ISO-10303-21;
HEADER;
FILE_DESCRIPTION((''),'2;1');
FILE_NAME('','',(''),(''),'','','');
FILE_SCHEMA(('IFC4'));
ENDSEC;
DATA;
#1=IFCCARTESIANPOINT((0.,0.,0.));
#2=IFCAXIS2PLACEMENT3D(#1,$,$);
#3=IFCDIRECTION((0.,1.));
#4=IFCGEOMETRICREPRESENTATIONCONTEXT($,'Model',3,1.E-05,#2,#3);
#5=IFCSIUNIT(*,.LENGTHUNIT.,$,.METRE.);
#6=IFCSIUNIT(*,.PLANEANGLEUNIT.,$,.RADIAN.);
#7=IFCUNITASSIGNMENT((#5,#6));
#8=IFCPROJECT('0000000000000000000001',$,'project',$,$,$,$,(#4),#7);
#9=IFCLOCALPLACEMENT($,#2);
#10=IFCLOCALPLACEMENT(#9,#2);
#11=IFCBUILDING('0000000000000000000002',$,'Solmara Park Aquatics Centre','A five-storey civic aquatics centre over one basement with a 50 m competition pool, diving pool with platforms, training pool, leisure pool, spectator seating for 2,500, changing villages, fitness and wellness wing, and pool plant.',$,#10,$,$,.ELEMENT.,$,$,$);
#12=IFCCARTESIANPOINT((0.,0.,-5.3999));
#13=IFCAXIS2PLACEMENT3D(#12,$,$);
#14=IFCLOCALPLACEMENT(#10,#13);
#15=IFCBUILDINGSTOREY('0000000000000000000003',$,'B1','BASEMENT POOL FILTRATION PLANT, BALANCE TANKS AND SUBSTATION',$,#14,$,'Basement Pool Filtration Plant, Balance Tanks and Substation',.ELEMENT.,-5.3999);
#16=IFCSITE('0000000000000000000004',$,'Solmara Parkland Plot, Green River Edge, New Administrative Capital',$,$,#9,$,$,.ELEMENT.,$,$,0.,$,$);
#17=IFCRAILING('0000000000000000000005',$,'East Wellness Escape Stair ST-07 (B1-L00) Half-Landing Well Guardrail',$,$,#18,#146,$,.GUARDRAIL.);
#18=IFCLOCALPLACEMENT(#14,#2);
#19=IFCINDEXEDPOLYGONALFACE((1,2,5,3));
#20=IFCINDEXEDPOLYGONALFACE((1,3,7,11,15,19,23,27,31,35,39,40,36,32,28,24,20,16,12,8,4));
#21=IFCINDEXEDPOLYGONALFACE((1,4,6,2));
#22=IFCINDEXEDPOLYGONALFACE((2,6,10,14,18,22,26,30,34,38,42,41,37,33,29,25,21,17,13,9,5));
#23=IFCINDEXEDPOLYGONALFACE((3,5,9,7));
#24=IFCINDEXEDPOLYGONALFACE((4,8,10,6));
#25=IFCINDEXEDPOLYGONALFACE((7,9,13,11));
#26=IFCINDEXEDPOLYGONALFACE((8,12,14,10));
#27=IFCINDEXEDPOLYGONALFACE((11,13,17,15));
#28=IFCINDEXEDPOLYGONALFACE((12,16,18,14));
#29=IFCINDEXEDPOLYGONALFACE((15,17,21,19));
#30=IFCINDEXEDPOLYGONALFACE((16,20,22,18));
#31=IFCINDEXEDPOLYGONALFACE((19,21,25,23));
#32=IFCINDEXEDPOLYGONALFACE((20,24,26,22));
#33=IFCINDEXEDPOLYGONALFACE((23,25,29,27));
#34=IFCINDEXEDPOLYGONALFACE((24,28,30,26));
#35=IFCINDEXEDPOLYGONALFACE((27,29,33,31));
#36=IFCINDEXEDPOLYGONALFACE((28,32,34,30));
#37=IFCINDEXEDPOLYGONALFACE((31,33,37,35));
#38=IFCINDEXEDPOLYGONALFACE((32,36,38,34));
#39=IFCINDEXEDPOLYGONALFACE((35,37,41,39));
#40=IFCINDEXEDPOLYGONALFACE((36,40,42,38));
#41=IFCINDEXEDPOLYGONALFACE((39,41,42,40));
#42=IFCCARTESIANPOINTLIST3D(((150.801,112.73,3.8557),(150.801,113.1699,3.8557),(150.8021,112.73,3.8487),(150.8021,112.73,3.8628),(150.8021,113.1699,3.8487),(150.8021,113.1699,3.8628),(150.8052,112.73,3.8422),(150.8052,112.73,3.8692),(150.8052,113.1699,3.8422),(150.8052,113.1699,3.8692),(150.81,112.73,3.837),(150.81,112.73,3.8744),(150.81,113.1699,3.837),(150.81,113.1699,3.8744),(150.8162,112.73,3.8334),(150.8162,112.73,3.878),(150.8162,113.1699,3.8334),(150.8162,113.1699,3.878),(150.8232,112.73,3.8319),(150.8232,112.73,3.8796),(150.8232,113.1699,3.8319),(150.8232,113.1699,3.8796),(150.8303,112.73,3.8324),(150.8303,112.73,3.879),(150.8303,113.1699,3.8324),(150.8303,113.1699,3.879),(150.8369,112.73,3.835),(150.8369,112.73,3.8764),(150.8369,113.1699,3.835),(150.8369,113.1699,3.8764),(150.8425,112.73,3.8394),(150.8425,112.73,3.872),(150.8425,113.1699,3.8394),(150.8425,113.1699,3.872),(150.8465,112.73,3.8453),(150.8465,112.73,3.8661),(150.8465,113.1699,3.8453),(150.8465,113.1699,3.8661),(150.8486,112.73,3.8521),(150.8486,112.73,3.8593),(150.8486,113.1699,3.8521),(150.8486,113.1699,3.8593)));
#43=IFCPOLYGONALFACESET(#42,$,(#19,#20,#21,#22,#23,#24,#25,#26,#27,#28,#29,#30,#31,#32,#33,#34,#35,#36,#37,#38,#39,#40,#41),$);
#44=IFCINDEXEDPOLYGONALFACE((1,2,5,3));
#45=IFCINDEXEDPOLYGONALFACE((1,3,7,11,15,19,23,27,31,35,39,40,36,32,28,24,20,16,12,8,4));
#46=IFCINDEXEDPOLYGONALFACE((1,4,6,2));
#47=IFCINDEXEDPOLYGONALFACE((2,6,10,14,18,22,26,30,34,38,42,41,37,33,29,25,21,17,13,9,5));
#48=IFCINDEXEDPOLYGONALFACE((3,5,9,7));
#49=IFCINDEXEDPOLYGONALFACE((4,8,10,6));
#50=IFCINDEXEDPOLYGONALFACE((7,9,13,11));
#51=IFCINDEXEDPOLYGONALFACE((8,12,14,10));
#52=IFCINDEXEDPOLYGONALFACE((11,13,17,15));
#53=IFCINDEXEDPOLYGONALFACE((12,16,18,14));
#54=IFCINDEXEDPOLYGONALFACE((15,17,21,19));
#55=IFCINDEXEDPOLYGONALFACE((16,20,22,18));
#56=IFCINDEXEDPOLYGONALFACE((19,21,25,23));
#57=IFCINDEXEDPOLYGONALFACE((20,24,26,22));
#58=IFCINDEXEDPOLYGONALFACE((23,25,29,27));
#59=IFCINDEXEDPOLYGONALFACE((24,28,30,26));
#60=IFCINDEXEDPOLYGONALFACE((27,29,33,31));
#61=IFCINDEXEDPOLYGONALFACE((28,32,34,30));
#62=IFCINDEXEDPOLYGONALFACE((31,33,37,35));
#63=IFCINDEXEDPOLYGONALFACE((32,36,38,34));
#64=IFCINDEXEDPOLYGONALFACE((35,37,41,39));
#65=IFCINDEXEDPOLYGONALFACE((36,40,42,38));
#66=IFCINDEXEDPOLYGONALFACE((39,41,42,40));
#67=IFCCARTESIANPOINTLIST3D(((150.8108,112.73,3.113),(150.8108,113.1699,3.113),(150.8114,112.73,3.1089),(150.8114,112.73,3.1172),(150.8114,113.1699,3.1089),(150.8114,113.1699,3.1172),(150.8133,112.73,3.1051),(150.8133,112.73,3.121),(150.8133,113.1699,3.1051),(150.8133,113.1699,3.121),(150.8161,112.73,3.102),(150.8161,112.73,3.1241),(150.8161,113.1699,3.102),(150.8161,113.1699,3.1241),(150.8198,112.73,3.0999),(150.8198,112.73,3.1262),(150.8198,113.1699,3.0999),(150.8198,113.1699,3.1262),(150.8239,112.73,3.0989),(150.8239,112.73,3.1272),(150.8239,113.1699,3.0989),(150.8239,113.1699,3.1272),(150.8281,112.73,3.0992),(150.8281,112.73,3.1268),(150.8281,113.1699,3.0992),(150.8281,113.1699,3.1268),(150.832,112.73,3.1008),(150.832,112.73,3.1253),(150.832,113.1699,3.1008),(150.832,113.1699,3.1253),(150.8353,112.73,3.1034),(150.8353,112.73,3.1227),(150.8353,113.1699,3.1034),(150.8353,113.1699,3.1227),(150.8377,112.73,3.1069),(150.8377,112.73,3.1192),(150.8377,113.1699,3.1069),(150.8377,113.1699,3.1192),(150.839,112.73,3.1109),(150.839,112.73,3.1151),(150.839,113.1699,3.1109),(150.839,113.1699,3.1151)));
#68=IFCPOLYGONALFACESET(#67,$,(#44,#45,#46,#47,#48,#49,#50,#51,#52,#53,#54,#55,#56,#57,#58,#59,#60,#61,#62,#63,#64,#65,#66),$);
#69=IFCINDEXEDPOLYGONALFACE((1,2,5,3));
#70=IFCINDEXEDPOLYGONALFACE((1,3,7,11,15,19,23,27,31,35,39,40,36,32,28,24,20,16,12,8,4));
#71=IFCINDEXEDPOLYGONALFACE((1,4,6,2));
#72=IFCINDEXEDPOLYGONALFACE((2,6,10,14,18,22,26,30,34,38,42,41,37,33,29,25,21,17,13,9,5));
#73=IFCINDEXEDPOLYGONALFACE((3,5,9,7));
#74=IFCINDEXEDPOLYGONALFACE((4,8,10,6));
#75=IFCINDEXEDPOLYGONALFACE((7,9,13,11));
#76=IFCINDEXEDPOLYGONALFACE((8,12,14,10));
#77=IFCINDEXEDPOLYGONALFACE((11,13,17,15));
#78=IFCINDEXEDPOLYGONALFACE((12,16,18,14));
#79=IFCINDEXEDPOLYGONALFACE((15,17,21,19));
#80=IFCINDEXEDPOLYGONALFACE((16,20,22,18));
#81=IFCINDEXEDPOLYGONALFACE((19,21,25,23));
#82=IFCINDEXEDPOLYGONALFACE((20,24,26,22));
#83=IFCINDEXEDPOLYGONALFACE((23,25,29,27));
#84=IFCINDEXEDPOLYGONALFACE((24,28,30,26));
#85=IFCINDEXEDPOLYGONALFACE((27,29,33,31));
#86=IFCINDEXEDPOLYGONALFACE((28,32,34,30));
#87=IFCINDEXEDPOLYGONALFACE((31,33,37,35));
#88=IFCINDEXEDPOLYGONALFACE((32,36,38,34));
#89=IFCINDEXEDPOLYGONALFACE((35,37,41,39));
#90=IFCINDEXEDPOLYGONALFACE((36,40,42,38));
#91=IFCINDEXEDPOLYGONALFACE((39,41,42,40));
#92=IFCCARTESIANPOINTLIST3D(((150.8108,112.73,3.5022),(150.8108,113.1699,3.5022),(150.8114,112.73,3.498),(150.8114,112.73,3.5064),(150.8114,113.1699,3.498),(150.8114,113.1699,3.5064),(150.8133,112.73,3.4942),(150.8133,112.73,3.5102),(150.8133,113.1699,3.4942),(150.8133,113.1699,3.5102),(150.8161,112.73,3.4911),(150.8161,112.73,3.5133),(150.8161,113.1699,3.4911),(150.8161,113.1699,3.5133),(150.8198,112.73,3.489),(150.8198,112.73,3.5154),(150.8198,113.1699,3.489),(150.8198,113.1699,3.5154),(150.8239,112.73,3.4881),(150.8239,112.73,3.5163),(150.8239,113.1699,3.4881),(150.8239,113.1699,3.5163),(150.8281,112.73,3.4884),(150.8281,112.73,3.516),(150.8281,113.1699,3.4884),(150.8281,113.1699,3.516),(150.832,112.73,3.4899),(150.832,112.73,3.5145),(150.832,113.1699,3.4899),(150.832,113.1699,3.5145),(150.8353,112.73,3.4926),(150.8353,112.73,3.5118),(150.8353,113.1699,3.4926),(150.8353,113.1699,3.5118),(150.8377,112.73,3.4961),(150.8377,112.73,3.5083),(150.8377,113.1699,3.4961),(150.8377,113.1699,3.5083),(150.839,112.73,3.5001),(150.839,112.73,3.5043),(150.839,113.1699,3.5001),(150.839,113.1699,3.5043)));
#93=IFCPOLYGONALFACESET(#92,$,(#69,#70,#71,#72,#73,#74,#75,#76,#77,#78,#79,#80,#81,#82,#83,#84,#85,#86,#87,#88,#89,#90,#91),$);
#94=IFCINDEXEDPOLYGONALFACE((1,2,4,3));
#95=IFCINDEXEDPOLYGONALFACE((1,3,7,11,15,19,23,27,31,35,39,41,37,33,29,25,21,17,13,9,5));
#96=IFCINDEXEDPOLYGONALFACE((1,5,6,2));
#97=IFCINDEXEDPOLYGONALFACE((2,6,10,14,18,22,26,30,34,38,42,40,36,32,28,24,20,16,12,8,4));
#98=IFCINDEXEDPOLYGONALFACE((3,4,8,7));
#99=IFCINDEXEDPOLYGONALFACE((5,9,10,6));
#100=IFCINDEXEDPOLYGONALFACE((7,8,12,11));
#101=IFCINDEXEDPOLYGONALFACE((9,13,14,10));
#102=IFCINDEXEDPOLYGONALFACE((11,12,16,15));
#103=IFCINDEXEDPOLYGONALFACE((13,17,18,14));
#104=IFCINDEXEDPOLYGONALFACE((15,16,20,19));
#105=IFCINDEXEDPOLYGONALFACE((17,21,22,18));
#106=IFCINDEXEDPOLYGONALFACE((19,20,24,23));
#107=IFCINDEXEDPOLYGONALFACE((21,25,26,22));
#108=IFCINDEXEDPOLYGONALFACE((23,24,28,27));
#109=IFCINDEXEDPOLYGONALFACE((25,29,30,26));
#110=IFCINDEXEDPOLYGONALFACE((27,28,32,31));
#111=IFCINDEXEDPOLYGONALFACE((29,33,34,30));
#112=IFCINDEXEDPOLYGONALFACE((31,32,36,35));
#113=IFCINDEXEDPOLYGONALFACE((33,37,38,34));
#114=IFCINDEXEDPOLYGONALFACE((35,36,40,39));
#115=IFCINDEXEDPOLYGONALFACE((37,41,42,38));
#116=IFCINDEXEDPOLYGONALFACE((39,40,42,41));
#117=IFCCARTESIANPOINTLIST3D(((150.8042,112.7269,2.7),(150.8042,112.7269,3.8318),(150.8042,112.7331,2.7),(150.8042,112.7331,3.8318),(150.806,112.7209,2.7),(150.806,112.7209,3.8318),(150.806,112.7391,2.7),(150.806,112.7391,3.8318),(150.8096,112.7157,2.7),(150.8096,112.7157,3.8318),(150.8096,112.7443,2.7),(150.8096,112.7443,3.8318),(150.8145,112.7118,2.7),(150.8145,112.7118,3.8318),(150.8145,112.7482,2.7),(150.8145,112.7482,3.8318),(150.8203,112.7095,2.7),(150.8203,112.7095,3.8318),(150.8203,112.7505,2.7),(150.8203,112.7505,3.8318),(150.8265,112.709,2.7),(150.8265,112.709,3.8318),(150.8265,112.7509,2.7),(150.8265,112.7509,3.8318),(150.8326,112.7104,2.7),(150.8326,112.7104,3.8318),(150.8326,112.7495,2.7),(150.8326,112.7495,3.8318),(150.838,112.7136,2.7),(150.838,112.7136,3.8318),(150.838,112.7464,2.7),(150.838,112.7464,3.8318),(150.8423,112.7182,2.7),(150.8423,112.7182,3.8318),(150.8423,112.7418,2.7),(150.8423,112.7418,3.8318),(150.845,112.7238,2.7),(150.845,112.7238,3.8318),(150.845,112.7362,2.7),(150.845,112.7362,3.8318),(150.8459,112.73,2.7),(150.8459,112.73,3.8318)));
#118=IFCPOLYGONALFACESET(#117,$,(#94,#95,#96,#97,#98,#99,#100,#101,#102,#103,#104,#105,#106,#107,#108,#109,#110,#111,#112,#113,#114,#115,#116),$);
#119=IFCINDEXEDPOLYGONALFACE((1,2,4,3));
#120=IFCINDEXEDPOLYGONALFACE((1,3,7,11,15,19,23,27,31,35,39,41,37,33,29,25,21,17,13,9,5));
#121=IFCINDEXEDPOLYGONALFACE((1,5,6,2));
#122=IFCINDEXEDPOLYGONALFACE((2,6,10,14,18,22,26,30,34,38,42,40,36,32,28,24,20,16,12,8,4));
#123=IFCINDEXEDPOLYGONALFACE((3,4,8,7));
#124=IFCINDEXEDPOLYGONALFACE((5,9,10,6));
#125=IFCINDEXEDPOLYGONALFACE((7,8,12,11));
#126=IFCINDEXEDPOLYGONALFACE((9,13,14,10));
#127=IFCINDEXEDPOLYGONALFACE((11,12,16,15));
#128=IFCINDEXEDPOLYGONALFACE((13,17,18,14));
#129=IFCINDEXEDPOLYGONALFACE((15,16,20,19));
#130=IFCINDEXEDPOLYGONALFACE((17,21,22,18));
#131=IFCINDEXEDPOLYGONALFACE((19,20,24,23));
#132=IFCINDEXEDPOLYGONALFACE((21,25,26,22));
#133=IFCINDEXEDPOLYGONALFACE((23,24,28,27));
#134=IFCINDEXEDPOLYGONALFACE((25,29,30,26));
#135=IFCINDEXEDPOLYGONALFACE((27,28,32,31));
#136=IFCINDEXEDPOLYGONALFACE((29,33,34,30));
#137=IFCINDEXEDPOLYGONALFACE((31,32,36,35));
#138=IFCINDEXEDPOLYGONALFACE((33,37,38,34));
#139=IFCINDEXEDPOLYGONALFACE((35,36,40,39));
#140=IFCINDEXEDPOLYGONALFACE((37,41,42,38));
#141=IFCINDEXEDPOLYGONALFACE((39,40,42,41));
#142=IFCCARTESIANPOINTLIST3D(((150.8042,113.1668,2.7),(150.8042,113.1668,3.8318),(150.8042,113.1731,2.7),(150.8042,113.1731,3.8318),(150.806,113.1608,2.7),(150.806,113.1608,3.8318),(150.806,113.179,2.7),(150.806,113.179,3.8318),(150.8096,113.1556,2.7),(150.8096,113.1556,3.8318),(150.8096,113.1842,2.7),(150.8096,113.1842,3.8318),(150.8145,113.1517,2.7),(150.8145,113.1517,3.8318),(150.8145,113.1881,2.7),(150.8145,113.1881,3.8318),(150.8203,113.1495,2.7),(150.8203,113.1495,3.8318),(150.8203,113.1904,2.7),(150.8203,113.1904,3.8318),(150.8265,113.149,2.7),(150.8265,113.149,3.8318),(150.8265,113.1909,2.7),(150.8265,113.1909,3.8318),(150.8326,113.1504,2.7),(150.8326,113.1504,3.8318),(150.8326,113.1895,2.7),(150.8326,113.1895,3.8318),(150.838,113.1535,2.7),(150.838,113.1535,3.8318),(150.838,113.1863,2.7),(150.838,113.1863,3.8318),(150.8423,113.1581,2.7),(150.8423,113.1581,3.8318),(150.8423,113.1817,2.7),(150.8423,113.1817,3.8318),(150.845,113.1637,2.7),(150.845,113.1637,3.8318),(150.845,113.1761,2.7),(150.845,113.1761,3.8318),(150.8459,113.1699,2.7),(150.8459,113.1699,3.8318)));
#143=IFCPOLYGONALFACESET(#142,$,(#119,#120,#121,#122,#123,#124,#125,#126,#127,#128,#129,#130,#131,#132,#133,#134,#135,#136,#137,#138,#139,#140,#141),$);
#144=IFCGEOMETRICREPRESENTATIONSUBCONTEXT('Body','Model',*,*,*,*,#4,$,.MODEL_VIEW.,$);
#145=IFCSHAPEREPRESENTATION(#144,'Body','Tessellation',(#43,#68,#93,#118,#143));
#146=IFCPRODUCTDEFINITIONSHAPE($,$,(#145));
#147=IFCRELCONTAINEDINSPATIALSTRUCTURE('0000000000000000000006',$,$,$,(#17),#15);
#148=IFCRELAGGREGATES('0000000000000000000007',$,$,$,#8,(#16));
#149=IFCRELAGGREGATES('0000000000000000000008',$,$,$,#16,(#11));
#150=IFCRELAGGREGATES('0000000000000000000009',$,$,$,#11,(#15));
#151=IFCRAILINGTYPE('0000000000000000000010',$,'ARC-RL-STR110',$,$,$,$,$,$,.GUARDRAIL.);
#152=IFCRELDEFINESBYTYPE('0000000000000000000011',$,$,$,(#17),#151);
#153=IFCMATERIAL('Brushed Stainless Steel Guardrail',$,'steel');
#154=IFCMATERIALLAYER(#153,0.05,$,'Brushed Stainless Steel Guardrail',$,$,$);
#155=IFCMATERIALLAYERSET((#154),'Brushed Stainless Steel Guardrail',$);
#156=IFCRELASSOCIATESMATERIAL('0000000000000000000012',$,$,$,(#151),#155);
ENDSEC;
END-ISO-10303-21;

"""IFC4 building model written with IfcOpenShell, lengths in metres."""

from ifc_helpers import new_model, si_unit, direction, frame, origin, origin_2d, place, context, subcontext, project, spatial, circle, extrude, material, layer, layer_set, type_object, element, save


model = new_model("IFC4")

# Units and contexts
model_context = context("Model", 3, precision=1e-05, world=origin(), true_north=direction((0.0, 1.0)))
body_context = subcontext(model_context, "Body", "Model", "MODEL_VIEW")
ifc_project = project(units=[si_unit("LENGTHUNIT", "METRE"), si_unit("PLANEANGLEUNIT", "RADIAN")], contexts=[model_context])

# Site, building, storey
site_placement = place(None, origin())
site = spatial("IfcSite", under=ifc_project, at=site_placement, Name="Solmara Parkland Plot, Green River Edge, New Administrative Capital", CompositionType="ELEMENT", RefElevation=0.0)
building_placement = place(site_placement, origin())
building = spatial("IfcBuilding", under=site, at=building_placement, Name="Solmara Park Aquatics Centre", Description="A five-storey civic aquatics centre over one basement with a 50 m competition pool, diving pool with platforms, training pool, leisure pool, spectator seating for 2,500, changing villages, fitness and wellness wing, and pool plant.", CompositionType="ELEMENT")
storey_placement = place(building_placement, frame((0.0, 0.0, -5.3999)))
storey = spatial("IfcBuildingStorey", under=building, at=storey_placement, Name="B1", Description="BASEMENT POOL FILTRATION PLANT, BALANCE TANKS AND SUBSTATION", LongName="Basement Pool Filtration Plant, Balance Tanks and Substation", CompositionType="ELEMENT", Elevation=-5.3999)

# Railing
ifc_material_1 = material(Name="Brushed Stainless Steel Guardrail", Category="steel")
ifc_layer_1 = layer(ifc_material_1, 0.05, Name="Brushed Stainless Steel Guardrail")
ifc_layer_set_1 = layer_set([ifc_layer_1], Name="Brushed Stainless Steel Guardrail")
railing_type_1 = type_object("IfcRailingType", Name="ARC-RL-STR110", PredefinedType="GUARDRAIL", material=ifc_layer_set_1)
railing_1_placement = place(storey_placement, frame((150.825, 112.73, 2.7)))
element("IfcRailing", 1, at=railing_1_placement, inside=storey, type_object=railing_type_1, Name="East Wellness Escape Stair ST-07 (B1-L00) Half-Landing Well Guardrail", PredefinedType="GUARDRAIL", context=body_context, shape_type="SweptSolid", body=[
    extrude(circle(Radius=0.0239, at=origin_2d()), frame((0.0, 0.0, 1.1558), z_axis=(0.0, 1.0, 0.0), x_axis=(-1.0, 0.0, 0.0)), (0.0, 0.0, 1.0), 0.4399),
    extrude(circle(Radius=0.0142, at=origin_2d()), frame((0.0, 0.0, 0.4131), z_axis=(0.0, 1.0, 0.0), x_axis=(-1.0, 0.0, 0.0)), (0.0, 0.0, 1.0), 0.4399),
    extrude(circle(Radius=0.0142, at=origin_2d()), frame((0.0, 0.0, 0.8022), z_axis=(0.0, 1.0, 0.0), x_axis=(-1.0, 0.0, 0.0)), (0.0, 0.0, 1.0), 0.4399),
    extrude(circle(Radius=0.021, at=origin_2d()), origin(), (0.0, 0.0, 1.0), 1.1318),
    extrude(circle(Radius=0.021, at=origin_2d()), frame((0.0, 0.4399, 0.0)), (0.0, 0.0, 1.0), 1.1318),
])

save(model, "model.ifc")
